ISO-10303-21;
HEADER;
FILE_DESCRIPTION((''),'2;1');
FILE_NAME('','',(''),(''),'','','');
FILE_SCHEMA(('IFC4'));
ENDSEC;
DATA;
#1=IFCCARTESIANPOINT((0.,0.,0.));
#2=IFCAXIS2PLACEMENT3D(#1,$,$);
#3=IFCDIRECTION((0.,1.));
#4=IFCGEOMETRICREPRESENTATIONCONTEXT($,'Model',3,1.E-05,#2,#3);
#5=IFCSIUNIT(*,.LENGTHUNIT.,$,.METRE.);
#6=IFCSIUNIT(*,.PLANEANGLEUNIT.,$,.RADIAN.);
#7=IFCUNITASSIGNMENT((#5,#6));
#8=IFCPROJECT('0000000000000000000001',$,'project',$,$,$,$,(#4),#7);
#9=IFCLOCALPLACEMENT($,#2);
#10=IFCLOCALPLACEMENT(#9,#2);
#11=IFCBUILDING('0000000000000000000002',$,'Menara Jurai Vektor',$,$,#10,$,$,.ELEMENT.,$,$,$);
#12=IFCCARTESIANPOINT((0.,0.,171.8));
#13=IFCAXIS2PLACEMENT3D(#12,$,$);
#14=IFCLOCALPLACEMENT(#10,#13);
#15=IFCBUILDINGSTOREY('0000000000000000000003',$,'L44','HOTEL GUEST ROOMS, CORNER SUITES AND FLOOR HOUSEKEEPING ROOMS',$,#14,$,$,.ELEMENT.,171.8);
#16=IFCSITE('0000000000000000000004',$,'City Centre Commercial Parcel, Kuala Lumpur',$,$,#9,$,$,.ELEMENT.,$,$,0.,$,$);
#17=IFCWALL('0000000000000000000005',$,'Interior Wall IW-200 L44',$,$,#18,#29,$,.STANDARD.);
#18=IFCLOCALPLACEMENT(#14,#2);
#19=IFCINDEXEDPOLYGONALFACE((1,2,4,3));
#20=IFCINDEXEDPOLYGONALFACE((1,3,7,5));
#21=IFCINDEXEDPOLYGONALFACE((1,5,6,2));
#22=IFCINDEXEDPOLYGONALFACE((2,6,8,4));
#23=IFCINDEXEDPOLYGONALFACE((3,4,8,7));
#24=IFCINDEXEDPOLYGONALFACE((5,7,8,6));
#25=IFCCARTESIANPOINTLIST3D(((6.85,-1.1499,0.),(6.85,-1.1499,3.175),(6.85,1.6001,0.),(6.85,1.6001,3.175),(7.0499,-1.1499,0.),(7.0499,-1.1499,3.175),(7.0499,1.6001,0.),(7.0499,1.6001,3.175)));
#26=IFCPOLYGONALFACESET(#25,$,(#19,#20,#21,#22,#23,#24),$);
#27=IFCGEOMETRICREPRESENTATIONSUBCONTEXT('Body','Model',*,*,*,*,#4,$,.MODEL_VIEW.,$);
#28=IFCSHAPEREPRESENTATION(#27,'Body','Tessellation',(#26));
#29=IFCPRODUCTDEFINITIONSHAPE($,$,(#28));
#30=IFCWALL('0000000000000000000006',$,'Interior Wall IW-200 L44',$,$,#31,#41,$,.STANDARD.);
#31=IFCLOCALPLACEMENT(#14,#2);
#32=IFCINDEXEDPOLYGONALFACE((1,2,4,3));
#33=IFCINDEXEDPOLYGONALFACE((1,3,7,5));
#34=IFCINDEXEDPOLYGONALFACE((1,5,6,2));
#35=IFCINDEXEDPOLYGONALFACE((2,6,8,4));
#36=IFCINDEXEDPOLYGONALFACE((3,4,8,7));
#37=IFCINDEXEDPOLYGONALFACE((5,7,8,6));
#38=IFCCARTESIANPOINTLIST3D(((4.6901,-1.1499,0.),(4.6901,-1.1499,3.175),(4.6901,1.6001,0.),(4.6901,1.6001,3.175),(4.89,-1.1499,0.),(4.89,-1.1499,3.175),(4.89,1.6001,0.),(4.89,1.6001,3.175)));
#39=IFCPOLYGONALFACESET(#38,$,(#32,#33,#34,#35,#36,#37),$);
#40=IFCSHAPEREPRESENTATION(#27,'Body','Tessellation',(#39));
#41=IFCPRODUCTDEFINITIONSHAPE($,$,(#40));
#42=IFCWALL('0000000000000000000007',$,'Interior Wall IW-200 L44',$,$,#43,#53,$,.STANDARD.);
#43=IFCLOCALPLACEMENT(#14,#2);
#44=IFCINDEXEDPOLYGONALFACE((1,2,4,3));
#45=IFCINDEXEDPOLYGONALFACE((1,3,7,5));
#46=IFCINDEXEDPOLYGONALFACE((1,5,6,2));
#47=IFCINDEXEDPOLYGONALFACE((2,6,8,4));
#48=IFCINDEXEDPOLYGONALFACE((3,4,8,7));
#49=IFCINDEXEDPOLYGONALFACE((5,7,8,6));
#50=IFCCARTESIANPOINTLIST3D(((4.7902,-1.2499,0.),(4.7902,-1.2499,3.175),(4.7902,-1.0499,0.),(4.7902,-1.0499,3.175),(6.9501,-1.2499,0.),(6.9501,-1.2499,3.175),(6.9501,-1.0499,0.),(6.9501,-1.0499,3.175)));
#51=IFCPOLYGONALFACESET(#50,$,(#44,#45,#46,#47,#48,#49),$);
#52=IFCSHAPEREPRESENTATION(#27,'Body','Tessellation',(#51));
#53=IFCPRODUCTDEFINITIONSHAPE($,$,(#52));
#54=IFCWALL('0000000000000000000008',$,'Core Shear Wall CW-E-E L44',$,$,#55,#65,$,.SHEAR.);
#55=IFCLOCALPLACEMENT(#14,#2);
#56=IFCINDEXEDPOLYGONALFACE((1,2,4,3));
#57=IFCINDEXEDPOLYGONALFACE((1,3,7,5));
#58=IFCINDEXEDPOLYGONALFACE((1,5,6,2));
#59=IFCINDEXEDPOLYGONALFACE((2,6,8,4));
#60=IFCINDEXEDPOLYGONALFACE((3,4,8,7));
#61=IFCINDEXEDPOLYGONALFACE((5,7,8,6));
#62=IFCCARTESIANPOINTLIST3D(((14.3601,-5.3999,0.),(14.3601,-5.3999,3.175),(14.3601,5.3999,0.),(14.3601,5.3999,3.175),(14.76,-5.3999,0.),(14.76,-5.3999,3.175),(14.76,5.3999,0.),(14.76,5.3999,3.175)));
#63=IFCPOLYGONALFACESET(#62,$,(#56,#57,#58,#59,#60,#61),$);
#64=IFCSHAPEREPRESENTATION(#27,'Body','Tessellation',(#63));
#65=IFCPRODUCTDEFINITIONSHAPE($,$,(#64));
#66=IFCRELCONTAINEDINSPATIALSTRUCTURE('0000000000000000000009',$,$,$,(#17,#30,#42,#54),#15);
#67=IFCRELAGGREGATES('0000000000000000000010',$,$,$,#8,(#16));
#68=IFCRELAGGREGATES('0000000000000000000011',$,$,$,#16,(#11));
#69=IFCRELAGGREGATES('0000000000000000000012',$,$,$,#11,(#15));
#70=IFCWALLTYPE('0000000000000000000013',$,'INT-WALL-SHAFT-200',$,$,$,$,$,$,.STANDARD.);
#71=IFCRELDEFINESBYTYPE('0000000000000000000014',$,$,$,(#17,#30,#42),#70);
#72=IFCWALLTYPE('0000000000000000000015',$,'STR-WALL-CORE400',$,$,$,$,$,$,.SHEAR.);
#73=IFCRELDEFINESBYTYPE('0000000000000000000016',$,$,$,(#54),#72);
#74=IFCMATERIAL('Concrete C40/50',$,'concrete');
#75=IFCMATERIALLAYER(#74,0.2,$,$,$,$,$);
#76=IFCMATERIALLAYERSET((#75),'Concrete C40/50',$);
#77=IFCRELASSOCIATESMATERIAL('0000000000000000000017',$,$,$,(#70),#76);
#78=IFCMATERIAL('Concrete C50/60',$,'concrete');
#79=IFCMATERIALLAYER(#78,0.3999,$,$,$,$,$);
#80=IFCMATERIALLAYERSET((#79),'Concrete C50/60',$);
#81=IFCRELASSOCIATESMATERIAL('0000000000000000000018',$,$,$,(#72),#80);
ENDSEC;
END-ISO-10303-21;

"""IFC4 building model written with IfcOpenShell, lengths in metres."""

from ifc_helpers import new_model, si_unit, direction, frame, frame_2d, origin, place, context, subcontext, project, spatial, rectangle, extrude, material, layer, layer_set, type_object, element, save


model = new_model("IFC4")

# Units and contexts
model_context = context("Model", 3, precision=1e-05, world=origin(), true_north=direction((0.0, 1.0)))
body_context = subcontext(model_context, "Body", "Model", "MODEL_VIEW")
ifc_project = project(units=[si_unit("LENGTHUNIT", "METRE"), si_unit("PLANEANGLEUNIT", "RADIAN")], contexts=[model_context])

# Site, building, storey
site_placement = place(None, origin())
site = spatial("IfcSite", under=ifc_project, at=site_placement, Name="City Centre Commercial Parcel, Kuala Lumpur", CompositionType="ELEMENT", RefElevation=0.0)
building_placement = place(site_placement, origin())
building = spatial("IfcBuilding", under=site, at=building_placement, Name="Menara Jurai Vektor", CompositionType="ELEMENT")
storey_placement = place(building_placement, frame((0.0, 0.0, 171.8)))
storey = spatial("IfcBuildingStorey", under=building, at=storey_placement, Name="L44", Description="HOTEL GUEST ROOMS, CORNER SUITES AND FLOOR HOUSEKEEPING ROOMS", CompositionType="ELEMENT", Elevation=171.8)

# Shared definitions
ifc_material_1 = material(Name="Concrete C50/60", Category="concrete")

# Shared definitions
ifc_material_2 = material(Name="Concrete C40/50", Category="concrete")

# Wall
ifc_layer_1 = layer(ifc_material_2, 0.2)
ifc_layer_set_1 = layer_set([ifc_layer_1], Name="Concrete C40/50")
wall_type_1 = type_object("IfcWallType", Name="INT-WALL-SHAFT-200", PredefinedType="STANDARD", material=ifc_layer_set_1)
wall_1_placement = place(storey_placement, frame((6.95, -1.1499, 0.0), z_axis=(0.0, 0.0, 1.0), x_axis=(0.0, 1.0, 0.0)))
element("IfcWall", 1, at=wall_1_placement, inside=storey, type_object=wall_type_1, Name="Interior Wall IW-200 L44", PredefinedType="STANDARD", context=body_context, shape_type="SweptSolid", body=[
    extrude(rectangle(XDim=2.75, YDim=0.2, at=frame_2d((1.375, 0.0))), origin(), (0.0, 0.0, 1.0), 3.175),
])

# Walls
wall_2_placement = place(storey_placement, frame((4.79, -1.1499, 0.0), z_axis=(0.0, 0.0, 1.0), x_axis=(0.0, 1.0, 0.0)))
element("IfcWall", 2, at=wall_2_placement, inside=storey, type_object=wall_type_1, Name="Interior Wall IW-200 L44", PredefinedType="STANDARD", context=body_context, shape_type="SweptSolid", body=[
    extrude(rectangle(XDim=2.75, YDim=0.2, at=frame_2d((1.375, 0.0))), origin(), (0.0, 0.0, 1.0), 3.175),
])
wall_3_placement = place(storey_placement, frame((4.79, -1.1499, 0.0), z_axis=(0.0, 0.0, 1.0), x_axis=(1.0, 0.0, 0.0)))
element("IfcWall", 3, at=wall_3_placement, inside=storey, type_object=wall_type_1, Name="Interior Wall IW-200 L44", PredefinedType="STANDARD", context=body_context, shape_type="SweptSolid", body=[
    extrude(rectangle(XDim=2.1599, YDim=0.2, at=frame_2d((1.0801, 0.0))), origin(), (0.0, 0.0, 1.0), 3.175),
])
ifc_layer_2 = layer(ifc_material_1, 0.3999)
ifc_layer_set_2 = layer_set([ifc_layer_2], Name="Concrete C50/60")
wall_type_2 = type_object("IfcWallType", Name="STR-WALL-CORE400", PredefinedType="SHEAR", material=ifc_layer_set_2)
wall_4_placement = place(storey_placement, frame((14.5601, -5.3999, 0.0), z_axis=(0.0, 0.0, 1.0), x_axis=(0.0, 1.0, 0.0)))
element("IfcWall", 4, at=wall_4_placement, inside=storey, type_object=wall_type_2, Name="Core Shear Wall CW-E-E L44", PredefinedType="SHEAR", context=body_context, shape_type="SweptSolid", body=[
    extrude(rectangle(XDim=10.7998, YDim=0.3999, at=frame_2d((5.3999, 0.0))), origin(), (0.0, 0.0, 1.0), 3.175),
])

save(model, "model.ifc")
